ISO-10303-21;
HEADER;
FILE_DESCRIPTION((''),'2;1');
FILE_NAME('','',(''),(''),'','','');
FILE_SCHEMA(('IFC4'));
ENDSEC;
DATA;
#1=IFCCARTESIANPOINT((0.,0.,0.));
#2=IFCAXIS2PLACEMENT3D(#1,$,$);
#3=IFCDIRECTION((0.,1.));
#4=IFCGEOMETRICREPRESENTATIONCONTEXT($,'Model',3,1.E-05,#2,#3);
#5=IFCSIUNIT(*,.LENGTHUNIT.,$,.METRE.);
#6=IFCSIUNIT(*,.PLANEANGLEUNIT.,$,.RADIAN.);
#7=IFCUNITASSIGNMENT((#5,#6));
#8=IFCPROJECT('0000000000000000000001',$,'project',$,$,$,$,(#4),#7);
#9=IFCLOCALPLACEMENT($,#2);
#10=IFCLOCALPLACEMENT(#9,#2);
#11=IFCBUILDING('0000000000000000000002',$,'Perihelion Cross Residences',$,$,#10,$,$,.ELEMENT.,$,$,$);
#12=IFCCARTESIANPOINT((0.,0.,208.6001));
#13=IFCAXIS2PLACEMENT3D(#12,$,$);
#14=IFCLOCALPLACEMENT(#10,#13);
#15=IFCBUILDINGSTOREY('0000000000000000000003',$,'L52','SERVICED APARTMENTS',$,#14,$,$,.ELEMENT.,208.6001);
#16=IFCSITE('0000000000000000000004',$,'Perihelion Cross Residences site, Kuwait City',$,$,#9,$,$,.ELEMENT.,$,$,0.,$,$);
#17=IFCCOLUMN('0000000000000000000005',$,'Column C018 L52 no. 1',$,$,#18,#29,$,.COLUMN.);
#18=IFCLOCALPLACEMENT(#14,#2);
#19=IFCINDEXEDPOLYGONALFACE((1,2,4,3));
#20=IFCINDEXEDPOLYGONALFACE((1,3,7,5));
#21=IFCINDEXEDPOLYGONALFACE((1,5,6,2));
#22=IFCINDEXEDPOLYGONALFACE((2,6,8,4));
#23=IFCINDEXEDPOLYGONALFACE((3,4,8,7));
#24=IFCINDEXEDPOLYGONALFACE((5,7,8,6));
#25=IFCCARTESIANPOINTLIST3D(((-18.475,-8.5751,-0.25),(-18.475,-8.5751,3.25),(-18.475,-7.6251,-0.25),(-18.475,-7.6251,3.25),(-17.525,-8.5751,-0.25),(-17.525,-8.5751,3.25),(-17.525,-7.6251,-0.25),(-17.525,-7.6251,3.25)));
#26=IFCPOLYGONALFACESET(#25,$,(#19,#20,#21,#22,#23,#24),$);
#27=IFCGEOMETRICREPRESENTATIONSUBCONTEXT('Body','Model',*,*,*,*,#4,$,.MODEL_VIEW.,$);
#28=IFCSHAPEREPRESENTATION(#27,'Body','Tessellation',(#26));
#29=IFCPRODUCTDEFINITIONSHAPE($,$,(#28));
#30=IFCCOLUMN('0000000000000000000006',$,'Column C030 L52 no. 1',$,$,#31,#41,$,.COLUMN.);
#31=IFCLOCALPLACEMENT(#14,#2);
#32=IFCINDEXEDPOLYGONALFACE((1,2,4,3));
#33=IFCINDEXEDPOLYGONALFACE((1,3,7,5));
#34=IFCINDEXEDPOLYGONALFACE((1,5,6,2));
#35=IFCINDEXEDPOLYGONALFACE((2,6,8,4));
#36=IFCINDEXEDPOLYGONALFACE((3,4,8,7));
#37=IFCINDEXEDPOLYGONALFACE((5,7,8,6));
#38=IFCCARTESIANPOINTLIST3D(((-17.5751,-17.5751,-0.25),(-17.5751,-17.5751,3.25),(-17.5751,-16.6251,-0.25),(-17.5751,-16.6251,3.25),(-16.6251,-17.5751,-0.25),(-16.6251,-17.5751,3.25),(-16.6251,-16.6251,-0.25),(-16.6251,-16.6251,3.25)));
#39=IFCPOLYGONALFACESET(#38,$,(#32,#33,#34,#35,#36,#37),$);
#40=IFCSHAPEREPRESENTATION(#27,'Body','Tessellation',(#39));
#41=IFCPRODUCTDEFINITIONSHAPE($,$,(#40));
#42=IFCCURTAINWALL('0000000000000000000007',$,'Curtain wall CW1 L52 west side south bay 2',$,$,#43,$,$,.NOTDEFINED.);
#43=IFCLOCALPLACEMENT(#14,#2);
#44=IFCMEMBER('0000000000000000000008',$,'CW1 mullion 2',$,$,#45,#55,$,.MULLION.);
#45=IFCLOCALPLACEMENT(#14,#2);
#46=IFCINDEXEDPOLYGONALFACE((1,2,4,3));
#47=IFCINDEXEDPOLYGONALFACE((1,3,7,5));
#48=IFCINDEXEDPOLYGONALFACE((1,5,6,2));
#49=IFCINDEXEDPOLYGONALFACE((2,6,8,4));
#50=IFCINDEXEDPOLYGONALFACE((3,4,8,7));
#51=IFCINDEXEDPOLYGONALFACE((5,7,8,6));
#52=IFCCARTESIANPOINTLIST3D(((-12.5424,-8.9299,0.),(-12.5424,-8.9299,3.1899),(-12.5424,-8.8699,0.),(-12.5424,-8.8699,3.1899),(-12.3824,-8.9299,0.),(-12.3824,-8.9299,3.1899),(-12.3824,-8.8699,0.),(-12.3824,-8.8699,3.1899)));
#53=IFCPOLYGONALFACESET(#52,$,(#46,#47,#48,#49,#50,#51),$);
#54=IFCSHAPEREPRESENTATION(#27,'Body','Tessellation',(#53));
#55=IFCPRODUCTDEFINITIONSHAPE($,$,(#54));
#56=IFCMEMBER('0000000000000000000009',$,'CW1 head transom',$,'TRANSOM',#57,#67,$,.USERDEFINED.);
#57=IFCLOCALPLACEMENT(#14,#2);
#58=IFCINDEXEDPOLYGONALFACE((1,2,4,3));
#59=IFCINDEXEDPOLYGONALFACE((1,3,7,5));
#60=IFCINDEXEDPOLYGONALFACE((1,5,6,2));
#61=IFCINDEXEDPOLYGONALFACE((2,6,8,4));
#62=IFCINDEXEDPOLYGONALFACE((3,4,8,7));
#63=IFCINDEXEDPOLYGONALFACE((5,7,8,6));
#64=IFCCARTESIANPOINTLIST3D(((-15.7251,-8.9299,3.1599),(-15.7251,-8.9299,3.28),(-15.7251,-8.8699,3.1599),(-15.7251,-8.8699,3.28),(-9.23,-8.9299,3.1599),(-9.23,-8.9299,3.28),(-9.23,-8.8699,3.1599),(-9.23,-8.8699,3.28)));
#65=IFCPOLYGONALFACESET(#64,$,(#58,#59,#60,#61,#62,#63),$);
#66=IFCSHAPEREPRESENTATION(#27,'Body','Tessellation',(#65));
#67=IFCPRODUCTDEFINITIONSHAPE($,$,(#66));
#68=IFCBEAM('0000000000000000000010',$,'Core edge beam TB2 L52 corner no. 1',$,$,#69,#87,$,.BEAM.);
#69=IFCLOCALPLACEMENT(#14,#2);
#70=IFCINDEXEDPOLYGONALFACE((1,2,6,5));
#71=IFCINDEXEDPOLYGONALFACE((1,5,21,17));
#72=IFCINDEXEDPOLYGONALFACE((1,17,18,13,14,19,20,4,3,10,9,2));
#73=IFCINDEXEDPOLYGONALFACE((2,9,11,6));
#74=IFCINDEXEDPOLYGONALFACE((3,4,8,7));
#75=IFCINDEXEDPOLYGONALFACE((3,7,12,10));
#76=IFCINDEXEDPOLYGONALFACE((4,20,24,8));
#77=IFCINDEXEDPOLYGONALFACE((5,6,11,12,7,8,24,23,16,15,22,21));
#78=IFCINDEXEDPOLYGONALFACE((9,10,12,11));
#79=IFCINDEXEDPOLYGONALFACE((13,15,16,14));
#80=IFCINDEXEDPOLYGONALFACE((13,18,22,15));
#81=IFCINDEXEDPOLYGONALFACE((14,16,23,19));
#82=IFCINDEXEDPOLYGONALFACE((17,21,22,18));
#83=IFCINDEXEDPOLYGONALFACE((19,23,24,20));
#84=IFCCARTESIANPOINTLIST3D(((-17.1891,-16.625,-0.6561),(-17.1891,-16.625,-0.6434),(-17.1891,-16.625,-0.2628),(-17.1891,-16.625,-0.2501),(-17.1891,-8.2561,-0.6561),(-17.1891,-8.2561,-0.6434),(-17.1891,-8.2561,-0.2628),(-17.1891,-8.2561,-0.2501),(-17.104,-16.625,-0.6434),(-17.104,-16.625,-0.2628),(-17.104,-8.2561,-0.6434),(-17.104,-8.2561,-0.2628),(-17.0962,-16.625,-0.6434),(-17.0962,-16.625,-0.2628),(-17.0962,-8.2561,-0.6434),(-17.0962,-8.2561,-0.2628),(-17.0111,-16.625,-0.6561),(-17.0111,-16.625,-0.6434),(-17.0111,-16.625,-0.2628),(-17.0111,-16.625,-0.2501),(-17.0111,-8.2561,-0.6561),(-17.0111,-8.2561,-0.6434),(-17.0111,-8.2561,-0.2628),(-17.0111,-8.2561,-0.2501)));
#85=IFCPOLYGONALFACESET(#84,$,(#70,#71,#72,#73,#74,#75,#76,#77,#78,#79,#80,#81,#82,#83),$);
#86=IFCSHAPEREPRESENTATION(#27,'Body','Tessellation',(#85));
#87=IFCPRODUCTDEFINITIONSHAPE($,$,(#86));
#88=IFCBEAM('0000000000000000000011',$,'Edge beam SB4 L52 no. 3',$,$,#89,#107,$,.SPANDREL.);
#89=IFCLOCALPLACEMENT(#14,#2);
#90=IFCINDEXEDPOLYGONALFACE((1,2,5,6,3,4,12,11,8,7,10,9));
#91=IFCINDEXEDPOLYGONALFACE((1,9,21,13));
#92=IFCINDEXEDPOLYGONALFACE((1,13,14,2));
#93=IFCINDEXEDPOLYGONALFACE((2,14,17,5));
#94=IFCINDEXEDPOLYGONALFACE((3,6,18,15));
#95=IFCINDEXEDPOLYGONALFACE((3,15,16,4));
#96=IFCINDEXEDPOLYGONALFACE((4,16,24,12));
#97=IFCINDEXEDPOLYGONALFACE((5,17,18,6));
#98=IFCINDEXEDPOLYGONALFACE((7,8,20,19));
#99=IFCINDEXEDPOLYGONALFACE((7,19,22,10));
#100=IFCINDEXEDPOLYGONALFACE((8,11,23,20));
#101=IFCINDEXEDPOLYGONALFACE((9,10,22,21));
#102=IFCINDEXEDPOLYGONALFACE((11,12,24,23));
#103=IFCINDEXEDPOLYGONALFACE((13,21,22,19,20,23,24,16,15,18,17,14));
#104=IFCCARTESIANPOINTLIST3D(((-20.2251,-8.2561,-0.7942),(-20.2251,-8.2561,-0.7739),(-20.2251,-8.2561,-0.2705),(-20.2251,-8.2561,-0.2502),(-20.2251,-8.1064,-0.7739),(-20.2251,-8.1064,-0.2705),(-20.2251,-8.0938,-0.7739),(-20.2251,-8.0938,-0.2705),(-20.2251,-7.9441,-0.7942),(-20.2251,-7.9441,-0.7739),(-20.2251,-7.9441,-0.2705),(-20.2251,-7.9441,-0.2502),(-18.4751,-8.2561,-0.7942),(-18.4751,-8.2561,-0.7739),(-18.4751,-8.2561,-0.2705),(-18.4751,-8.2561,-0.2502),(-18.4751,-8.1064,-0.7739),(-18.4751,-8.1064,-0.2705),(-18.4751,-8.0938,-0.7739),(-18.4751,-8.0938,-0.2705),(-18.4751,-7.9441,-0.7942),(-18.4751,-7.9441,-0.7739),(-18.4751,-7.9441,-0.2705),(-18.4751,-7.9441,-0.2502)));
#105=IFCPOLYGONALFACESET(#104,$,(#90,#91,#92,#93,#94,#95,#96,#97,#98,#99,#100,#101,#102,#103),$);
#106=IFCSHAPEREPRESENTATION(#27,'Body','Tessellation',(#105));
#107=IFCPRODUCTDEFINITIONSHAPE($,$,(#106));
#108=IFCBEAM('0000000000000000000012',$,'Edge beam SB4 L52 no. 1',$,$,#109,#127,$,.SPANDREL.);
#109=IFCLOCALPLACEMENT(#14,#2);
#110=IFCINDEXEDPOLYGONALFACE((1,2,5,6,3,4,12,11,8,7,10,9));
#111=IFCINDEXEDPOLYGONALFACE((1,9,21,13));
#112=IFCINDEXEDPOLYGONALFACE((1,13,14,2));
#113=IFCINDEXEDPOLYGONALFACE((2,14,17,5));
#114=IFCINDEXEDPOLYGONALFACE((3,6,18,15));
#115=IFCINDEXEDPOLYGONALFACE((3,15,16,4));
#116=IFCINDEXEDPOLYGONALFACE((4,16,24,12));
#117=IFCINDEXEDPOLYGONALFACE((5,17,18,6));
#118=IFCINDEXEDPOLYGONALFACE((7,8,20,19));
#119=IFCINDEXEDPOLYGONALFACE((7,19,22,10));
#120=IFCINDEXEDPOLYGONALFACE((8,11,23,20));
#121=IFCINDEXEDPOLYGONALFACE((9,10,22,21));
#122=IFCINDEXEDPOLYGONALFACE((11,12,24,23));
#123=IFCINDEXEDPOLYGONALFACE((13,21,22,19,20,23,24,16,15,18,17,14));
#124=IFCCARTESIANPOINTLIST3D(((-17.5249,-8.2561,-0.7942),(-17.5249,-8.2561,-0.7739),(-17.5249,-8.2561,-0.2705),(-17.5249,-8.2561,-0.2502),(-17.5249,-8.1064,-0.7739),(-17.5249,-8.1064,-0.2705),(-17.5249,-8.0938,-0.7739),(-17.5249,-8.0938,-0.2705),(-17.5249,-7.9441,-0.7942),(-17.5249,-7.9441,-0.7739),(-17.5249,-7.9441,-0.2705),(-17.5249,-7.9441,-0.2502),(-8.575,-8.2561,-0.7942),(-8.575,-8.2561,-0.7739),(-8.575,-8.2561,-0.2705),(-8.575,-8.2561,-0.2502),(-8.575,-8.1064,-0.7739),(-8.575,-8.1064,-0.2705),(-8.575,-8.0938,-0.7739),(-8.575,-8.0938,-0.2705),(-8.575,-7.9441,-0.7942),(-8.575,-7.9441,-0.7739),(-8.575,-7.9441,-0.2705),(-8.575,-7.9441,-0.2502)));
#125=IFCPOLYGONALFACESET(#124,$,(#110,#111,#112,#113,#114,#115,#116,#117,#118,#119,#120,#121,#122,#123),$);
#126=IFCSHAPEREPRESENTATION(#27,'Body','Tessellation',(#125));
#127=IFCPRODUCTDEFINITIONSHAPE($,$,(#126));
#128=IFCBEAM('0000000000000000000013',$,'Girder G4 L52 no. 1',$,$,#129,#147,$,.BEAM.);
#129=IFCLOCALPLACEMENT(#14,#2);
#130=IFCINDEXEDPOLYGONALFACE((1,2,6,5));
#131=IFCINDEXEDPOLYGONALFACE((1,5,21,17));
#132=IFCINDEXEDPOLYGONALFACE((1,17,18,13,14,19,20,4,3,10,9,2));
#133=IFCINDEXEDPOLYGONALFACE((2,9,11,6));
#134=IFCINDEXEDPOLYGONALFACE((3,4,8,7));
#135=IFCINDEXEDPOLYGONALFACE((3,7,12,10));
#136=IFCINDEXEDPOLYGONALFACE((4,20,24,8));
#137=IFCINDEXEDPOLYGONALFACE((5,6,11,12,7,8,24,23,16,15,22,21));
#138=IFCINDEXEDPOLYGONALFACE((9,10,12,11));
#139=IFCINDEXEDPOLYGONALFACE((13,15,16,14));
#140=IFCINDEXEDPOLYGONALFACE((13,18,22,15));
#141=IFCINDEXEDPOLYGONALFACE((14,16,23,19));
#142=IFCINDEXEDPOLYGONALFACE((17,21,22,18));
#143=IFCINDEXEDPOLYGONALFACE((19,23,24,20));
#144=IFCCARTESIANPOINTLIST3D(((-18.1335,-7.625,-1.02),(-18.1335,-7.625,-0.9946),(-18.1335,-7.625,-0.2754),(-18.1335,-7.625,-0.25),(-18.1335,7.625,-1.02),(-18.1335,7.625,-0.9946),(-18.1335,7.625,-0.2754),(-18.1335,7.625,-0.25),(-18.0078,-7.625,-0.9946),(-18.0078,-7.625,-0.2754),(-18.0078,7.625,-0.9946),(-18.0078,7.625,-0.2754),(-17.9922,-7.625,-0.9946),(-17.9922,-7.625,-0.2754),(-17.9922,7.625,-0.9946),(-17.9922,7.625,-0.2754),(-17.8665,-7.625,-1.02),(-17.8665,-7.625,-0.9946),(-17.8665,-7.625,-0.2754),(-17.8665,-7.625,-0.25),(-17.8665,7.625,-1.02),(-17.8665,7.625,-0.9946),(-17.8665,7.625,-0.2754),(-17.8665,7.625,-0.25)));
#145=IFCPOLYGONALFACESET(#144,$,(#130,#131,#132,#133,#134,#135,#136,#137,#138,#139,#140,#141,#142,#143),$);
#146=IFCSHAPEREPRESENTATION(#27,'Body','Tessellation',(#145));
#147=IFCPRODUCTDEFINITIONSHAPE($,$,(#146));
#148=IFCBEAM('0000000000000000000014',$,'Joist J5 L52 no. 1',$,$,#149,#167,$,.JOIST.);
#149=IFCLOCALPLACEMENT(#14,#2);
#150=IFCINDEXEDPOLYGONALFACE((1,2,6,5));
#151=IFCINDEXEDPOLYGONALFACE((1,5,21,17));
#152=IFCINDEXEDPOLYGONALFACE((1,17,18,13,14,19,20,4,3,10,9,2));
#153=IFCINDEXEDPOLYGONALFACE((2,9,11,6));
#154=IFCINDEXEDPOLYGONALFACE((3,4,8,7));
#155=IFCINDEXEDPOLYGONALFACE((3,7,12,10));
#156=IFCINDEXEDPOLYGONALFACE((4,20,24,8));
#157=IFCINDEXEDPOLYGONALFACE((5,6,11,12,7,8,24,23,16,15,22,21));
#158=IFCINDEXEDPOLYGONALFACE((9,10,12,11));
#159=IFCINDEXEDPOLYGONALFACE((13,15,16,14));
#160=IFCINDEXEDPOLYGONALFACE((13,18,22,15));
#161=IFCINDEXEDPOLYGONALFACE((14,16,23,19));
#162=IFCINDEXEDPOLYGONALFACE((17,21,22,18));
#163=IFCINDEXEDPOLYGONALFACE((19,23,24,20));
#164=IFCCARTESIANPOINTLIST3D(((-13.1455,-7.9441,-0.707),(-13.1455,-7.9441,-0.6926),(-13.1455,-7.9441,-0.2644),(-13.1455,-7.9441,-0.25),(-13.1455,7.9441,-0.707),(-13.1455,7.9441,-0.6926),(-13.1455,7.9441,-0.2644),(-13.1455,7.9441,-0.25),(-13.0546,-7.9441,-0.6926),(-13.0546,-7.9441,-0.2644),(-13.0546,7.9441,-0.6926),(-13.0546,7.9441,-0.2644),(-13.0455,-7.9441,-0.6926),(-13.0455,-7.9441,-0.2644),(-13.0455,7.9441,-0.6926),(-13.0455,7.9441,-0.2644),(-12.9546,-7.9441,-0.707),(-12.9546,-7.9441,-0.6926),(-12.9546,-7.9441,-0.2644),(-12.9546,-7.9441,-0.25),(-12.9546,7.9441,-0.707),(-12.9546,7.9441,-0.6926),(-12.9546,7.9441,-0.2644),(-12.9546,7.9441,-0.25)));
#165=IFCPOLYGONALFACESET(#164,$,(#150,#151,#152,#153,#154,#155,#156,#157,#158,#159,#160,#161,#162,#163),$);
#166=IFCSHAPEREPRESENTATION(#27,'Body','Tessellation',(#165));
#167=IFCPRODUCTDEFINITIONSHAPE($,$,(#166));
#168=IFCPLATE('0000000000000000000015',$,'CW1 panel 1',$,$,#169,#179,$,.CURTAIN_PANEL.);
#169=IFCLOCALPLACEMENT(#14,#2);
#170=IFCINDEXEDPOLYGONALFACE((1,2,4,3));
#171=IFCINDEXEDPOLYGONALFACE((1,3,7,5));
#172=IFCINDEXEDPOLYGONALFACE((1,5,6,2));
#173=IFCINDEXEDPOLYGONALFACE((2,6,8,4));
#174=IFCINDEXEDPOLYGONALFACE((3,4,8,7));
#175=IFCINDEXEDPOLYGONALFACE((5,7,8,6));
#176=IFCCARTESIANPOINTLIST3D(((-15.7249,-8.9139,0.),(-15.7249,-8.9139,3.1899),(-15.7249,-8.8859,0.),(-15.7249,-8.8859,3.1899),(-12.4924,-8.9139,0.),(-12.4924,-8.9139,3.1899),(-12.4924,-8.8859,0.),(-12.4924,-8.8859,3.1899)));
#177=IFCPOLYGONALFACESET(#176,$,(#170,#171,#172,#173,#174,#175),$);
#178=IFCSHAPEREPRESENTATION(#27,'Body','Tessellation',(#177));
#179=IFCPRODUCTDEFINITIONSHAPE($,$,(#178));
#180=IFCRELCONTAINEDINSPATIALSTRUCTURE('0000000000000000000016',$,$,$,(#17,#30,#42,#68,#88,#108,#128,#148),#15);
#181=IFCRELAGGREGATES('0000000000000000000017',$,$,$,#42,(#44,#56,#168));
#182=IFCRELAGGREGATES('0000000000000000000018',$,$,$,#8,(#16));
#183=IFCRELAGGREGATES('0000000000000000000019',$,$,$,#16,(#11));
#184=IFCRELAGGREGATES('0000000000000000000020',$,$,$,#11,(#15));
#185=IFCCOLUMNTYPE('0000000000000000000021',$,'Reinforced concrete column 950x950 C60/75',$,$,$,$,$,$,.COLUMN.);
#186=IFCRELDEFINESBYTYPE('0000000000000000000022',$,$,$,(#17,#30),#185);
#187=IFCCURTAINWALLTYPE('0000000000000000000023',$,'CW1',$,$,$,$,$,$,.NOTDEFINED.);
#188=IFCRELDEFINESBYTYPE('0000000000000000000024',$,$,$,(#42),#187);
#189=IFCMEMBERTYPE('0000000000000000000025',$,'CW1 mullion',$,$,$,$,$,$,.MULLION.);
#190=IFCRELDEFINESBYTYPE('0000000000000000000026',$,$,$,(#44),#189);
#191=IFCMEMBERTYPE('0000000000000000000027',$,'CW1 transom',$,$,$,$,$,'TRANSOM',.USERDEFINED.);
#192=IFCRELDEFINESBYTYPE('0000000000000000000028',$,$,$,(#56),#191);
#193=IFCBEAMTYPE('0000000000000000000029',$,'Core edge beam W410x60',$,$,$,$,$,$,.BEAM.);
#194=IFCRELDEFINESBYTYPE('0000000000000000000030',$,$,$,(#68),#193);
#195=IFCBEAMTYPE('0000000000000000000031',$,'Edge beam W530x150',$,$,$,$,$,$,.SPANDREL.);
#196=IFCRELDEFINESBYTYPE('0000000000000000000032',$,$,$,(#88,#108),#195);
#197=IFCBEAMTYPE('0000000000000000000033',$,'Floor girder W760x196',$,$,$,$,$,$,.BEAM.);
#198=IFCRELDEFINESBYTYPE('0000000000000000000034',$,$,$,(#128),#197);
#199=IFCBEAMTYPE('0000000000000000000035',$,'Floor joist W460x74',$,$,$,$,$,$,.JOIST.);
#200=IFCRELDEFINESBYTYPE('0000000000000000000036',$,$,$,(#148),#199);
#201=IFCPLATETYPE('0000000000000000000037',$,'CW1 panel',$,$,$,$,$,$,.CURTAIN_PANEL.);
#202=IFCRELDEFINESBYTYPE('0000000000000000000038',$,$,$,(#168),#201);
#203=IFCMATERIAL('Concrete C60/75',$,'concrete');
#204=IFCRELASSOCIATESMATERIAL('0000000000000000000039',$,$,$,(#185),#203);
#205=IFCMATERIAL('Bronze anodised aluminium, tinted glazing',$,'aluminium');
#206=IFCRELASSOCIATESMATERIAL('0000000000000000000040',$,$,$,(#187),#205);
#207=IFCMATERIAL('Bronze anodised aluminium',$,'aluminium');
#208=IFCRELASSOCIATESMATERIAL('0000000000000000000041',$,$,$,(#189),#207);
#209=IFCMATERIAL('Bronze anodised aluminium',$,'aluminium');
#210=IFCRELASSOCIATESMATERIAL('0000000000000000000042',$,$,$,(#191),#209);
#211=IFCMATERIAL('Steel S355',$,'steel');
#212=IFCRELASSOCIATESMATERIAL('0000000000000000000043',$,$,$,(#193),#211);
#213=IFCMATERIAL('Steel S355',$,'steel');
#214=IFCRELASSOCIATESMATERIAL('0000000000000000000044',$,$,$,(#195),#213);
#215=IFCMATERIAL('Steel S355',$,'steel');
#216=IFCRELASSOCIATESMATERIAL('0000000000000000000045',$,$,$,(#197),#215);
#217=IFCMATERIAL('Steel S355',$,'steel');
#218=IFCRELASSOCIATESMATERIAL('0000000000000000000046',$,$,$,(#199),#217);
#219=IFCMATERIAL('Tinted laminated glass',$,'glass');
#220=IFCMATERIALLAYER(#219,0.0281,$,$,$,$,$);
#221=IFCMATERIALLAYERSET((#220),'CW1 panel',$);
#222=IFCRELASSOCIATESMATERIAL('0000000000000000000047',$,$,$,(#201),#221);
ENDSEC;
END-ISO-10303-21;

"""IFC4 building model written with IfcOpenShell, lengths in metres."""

from ifc_helpers import new_model, si_unit, direction, frame, origin, origin_2d, place, context, subcontext, project, spatial, rectangle, i_section, extrude, material, layer, layer_set, material_profile, profile_set, type_object, element, aggregate, save


model = new_model("IFC4")

# Units and contexts
model_context = context("Model", 3, precision=1e-05, world=origin(), true_north=direction((0.0, 1.0)))
body_context = subcontext(model_context, "Body", "Model", "MODEL_VIEW")
ifc_project = project(units=[si_unit("LENGTHUNIT", "METRE"), si_unit("PLANEANGLEUNIT", "RADIAN")], contexts=[model_context])

# Site, building, storey
site_placement = place(None, origin())
site = spatial("IfcSite", under=ifc_project, at=site_placement, Name="Perihelion Cross Residences site, Kuwait City", CompositionType="ELEMENT", RefElevation=0.0)
building_placement = place(site_placement, origin())
building = spatial("IfcBuilding", under=site, at=building_placement, Name="Perihelion Cross Residences", CompositionType="ELEMENT")
storey_placement = place(building_placement, frame((0.0, 0.0, 208.6001)))
storey = spatial("IfcBuildingStorey", under=building, at=storey_placement, Name="L52", Description="SERVICED APARTMENTS", CompositionType="ELEMENT", Elevation=208.6001)

# Columns
ifc_material_1 = material(Name="Concrete C60/75", Category="concrete")
ifc_material_profile_1 = material_profile(ifc_material_1, rectangle(XDim=0.95, YDim=0.95, at=origin_2d()), Name="RC 950x950")
ifc_profile_set_1 = profile_set([ifc_material_profile_1], Name="Concrete C60/75")
column_type = type_object("IfcColumnType", Name="Reinforced concrete column 950x950 C60/75", PredefinedType="COLUMN", material=ifc_profile_set_1)
for number, where, z_axis, x_axis, name in (
    (1, (-18.0, -8.1001, -0.25), (0.0, 0.0, 1.0), (1.0, 0.0, 0.0), "Column C018 L52 no. 1"),
    (2, (-17.1001, -17.1001, -0.25), (0.0, 0.0, 1.0), (1.0, 0.0, 0.0), "Column C030 L52 no. 1"),
):
    element("IfcColumn", number, at=place(storey_placement, frame(where, z_axis=z_axis, x_axis=x_axis)), inside=storey, type_object=column_type, Name=name, PredefinedType="COLUMN", context=body_context, shape_type="SweptSolid", body=[
        extrude(rectangle(XDim=0.95, YDim=0.95, at=origin_2d()), origin(), (0.0, 0.0, 1.0), 3.5),
    ])

# Curtain wall, members
ifc_material_2 = material(Name="Bronze anodised aluminium, tinted glazing", Category="aluminium")
curtain_wall_type = type_object("IfcCurtainWallType", Name="CW1", PredefinedType="NOTDEFINED", material=ifc_material_2)
curtain_wall_placement = place(storey_placement, origin())
curtain_wall = element("IfcCurtainWall", 3, at=curtain_wall_placement, inside=storey, type_object=curtain_wall_type, Name="Curtain wall CW1 L52 west side south bay 2", PredefinedType="NOTDEFINED")
ifc_material_3 = material(Name="Bronze anodised aluminium", Category="aluminium")
ifc_material_profile_2 = material_profile(ifc_material_3, rectangle(XDim=0.0601, YDim=0.1599, at=origin_2d()), Name="CW1 mullion")
ifc_profile_set_2 = profile_set([ifc_material_profile_2], Name="Bronze anodised aluminium")
member_type_1 = type_object("IfcMemberType", Name="CW1 mullion", PredefinedType="MULLION", material=ifc_profile_set_2)
member_1_placement = place(storey_placement, frame((-12.4624, -8.8999, 0.0), z_axis=(0.0, 0.0, 1.0), x_axis=(0.0, 1.0, 0.0)))
member_1 = element("IfcMember", 4, at=member_1_placement, type_object=member_type_1, Name="CW1 mullion 2", PredefinedType="MULLION", context=body_context, shape_type="SweptSolid", body=[
    extrude(rectangle(XDim=0.0601, YDim=0.1599, at=origin_2d()), origin(), (0.0, 0.0, 1.0), 3.1899),
])
ifc_material_4 = material(Name="Bronze anodised aluminium", Category="aluminium")
ifc_material_profile_3 = material_profile(ifc_material_4, rectangle(XDim=0.0601, YDim=0.1201, at=origin_2d()), Name="CW1 transom")
ifc_profile_set_3 = profile_set([ifc_material_profile_3], Name="Bronze anodised aluminium")
member_type_2 = type_object("IfcMemberType", Name="CW1 transom", ElementType="TRANSOM", PredefinedType="USERDEFINED", material=ifc_profile_set_3)
member_2_placement = place(storey_placement, frame((-15.7251, -8.8999, 3.22), z_axis=(1.0, 0.0, 0.0), x_axis=(0.0, 1.0, 0.0)))
member_2 = element("IfcMember", 5, at=member_2_placement, type_object=member_type_2, Name="CW1 head transom", ObjectType="TRANSOM", PredefinedType="USERDEFINED", context=body_context, shape_type="SweptSolid", body=[
    extrude(rectangle(XDim=0.0601, YDim=0.1201, at=origin_2d()), origin(), (0.0, 0.0, 1.0), 6.4951),
])

# Beams
ifc_material_5 = material(Name="Steel S355", Category="steel")
ifc_material_profile_4 = material_profile(ifc_material_5, i_section(OverallWidth=0.178, OverallDepth=0.406, WebThickness=0.0078, FlangeThickness=0.0127, at=origin_2d()), Name="W410x60")
ifc_profile_set_4 = profile_set([ifc_material_profile_4], Name="Steel S355")
beam_type_1 = type_object("IfcBeamType", Name="Core edge beam W410x60", PredefinedType="BEAM", material=ifc_profile_set_4)
beam_1_placement = place(storey_placement, frame((-17.1001, -8.2561, -0.4531), z_axis=(0.0, -1.0, 0.0), x_axis=(1.0, 0.0, 0.0)))
element("IfcBeam", 6, at=beam_1_placement, inside=storey, type_object=beam_type_1, Name="Core edge beam TB2 L52 corner no. 1", PredefinedType="BEAM", context=body_context, shape_type="SweptSolid", body=[
    extrude(i_section(OverallWidth=0.178, OverallDepth=0.406, WebThickness=0.0078, FlangeThickness=0.0127, at=origin_2d()), origin(), (0.0, 0.0, 1.0), 8.3689),
])
ifc_material_6 = material(Name="Steel S355", Category="steel")
ifc_material_profile_5 = material_profile(ifc_material_6, i_section(OverallWidth=0.312, OverallDepth=0.5439, WebThickness=0.0127, FlangeThickness=0.0203, at=origin_2d()), Name="W530x150")
ifc_profile_set_5 = profile_set([ifc_material_profile_5], Name="Steel S355")
beam_type_2 = type_object("IfcBeamType", Name="Edge beam W530x150", PredefinedType="SPANDREL", material=ifc_profile_set_5)
beam_2_placement = place(storey_placement, frame((-20.2251, -8.1001, -0.5222), z_axis=(1.0, 0.0, 0.0), x_axis=(0.0, 1.0, 0.0)))
element("IfcBeam", 7, at=beam_2_placement, inside=storey, type_object=beam_type_2, Name="Edge beam SB4 L52 no. 3", PredefinedType="SPANDREL", context=body_context, shape_type="SweptSolid", body=[
    extrude(i_section(OverallWidth=0.312, OverallDepth=0.5439, WebThickness=0.0127, FlangeThickness=0.0203, at=origin_2d()), origin(), (0.0, 0.0, 1.0), 1.75),
])
beam_3_placement = place(storey_placement, frame((-17.5249, -8.1001, -0.5222), z_axis=(1.0, 0.0, 0.0), x_axis=(0.0, 1.0, 0.0)))
element("IfcBeam", 8, at=beam_3_placement, inside=storey, type_object=beam_type_2, Name="Edge beam SB4 L52 no. 1", PredefinedType="SPANDREL", context=body_context, shape_type="SweptSolid", body=[
    extrude(i_section(OverallWidth=0.312, OverallDepth=0.5439, WebThickness=0.0127, FlangeThickness=0.0203, at=origin_2d()), origin(), (0.0, 0.0, 1.0), 8.95),
])
ifc_material_7 = material(Name="Steel S355", Category="steel")
ifc_material_profile_6 = material_profile(ifc_material_7, i_section(OverallWidth=0.2671, OverallDepth=0.77, WebThickness=0.0156, FlangeThickness=0.0254, at=origin_2d()), Name="W760x196")
ifc_profile_set_6 = profile_set([ifc_material_profile_6], Name="Steel S355")
beam_type_3 = type_object("IfcBeamType", Name="Floor girder W760x196", PredefinedType="BEAM", material=ifc_profile_set_6)
beam_4_placement = place(storey_placement, frame((-18.0, -7.625, -0.635), z_axis=(0.0, 1.0, 0.0), x_axis=(-1.0, 0.0, 0.0)))
element("IfcBeam", 9, at=beam_4_placement, inside=storey, type_object=beam_type_3, Name="Girder G4 L52 no. 1", PredefinedType="BEAM", context=body_context, shape_type="SweptSolid", body=[
    extrude(i_section(OverallWidth=0.2671, OverallDepth=0.77, WebThickness=0.0156, FlangeThickness=0.0254, at=origin_2d()), origin(), (0.0, 0.0, 1.0), 15.25),
])
ifc_material_8 = material(Name="Steel S355", Category="steel")
ifc_material_profile_7 = material_profile(ifc_material_8, i_section(OverallWidth=0.1909, OverallDepth=0.457, WebThickness=0.009, FlangeThickness=0.0144, at=origin_2d()), Name="W460x74")
ifc_profile_set_7 = profile_set([ifc_material_profile_7], Name="Steel S355")
beam_type_4 = type_object("IfcBeamType", Name="Floor joist W460x74", PredefinedType="JOIST", material=ifc_profile_set_7)
beam_5_placement = place(storey_placement, frame((-13.05, -7.9441, -0.4785), z_axis=(0.0, 1.0, 0.0), x_axis=(-1.0, 0.0, 0.0)))
element("IfcBeam", 10, at=beam_5_placement, inside=storey, type_object=beam_type_4, Name="Joist J5 L52 no. 1", PredefinedType="JOIST", context=body_context, shape_type="SweptSolid", body=[
    extrude(i_section(OverallWidth=0.1909, OverallDepth=0.457, WebThickness=0.009, FlangeThickness=0.0144, at=origin_2d()), origin(), (0.0, 0.0, 1.0), 15.8882),
])

# Plate
ifc_material_9 = material(Name="Tinted laminated glass", Category="glass")
ifc_layer_1 = layer(ifc_material_9, 0.0281)
ifc_layer_set_1 = layer_set([ifc_layer_1], Name="CW1 panel")
plate_type = type_object("IfcPlateType", Name="CW1 panel", PredefinedType="CURTAIN_PANEL", material=ifc_layer_set_1)
plate_1_placement = place(storey_placement, frame((-14.1086, -8.8999, 0.0), z_axis=(0.0, 0.0, 1.0), x_axis=(1.0, 0.0, 0.0)))
plate_1 = element("IfcPlate", 11, at=plate_1_placement, type_object=plate_type, Name="CW1 panel 1", PredefinedType="CURTAIN_PANEL", context=body_context, shape_type="SweptSolid", body=[
    extrude(rectangle(XDim=3.2324, YDim=0.0281, at=origin_2d()), origin(), (0.0, 0.0, 1.0), 3.1899),
])
aggregate(curtain_wall, [member_1, member_2, plate_1])

save(model, "model.ifc")
